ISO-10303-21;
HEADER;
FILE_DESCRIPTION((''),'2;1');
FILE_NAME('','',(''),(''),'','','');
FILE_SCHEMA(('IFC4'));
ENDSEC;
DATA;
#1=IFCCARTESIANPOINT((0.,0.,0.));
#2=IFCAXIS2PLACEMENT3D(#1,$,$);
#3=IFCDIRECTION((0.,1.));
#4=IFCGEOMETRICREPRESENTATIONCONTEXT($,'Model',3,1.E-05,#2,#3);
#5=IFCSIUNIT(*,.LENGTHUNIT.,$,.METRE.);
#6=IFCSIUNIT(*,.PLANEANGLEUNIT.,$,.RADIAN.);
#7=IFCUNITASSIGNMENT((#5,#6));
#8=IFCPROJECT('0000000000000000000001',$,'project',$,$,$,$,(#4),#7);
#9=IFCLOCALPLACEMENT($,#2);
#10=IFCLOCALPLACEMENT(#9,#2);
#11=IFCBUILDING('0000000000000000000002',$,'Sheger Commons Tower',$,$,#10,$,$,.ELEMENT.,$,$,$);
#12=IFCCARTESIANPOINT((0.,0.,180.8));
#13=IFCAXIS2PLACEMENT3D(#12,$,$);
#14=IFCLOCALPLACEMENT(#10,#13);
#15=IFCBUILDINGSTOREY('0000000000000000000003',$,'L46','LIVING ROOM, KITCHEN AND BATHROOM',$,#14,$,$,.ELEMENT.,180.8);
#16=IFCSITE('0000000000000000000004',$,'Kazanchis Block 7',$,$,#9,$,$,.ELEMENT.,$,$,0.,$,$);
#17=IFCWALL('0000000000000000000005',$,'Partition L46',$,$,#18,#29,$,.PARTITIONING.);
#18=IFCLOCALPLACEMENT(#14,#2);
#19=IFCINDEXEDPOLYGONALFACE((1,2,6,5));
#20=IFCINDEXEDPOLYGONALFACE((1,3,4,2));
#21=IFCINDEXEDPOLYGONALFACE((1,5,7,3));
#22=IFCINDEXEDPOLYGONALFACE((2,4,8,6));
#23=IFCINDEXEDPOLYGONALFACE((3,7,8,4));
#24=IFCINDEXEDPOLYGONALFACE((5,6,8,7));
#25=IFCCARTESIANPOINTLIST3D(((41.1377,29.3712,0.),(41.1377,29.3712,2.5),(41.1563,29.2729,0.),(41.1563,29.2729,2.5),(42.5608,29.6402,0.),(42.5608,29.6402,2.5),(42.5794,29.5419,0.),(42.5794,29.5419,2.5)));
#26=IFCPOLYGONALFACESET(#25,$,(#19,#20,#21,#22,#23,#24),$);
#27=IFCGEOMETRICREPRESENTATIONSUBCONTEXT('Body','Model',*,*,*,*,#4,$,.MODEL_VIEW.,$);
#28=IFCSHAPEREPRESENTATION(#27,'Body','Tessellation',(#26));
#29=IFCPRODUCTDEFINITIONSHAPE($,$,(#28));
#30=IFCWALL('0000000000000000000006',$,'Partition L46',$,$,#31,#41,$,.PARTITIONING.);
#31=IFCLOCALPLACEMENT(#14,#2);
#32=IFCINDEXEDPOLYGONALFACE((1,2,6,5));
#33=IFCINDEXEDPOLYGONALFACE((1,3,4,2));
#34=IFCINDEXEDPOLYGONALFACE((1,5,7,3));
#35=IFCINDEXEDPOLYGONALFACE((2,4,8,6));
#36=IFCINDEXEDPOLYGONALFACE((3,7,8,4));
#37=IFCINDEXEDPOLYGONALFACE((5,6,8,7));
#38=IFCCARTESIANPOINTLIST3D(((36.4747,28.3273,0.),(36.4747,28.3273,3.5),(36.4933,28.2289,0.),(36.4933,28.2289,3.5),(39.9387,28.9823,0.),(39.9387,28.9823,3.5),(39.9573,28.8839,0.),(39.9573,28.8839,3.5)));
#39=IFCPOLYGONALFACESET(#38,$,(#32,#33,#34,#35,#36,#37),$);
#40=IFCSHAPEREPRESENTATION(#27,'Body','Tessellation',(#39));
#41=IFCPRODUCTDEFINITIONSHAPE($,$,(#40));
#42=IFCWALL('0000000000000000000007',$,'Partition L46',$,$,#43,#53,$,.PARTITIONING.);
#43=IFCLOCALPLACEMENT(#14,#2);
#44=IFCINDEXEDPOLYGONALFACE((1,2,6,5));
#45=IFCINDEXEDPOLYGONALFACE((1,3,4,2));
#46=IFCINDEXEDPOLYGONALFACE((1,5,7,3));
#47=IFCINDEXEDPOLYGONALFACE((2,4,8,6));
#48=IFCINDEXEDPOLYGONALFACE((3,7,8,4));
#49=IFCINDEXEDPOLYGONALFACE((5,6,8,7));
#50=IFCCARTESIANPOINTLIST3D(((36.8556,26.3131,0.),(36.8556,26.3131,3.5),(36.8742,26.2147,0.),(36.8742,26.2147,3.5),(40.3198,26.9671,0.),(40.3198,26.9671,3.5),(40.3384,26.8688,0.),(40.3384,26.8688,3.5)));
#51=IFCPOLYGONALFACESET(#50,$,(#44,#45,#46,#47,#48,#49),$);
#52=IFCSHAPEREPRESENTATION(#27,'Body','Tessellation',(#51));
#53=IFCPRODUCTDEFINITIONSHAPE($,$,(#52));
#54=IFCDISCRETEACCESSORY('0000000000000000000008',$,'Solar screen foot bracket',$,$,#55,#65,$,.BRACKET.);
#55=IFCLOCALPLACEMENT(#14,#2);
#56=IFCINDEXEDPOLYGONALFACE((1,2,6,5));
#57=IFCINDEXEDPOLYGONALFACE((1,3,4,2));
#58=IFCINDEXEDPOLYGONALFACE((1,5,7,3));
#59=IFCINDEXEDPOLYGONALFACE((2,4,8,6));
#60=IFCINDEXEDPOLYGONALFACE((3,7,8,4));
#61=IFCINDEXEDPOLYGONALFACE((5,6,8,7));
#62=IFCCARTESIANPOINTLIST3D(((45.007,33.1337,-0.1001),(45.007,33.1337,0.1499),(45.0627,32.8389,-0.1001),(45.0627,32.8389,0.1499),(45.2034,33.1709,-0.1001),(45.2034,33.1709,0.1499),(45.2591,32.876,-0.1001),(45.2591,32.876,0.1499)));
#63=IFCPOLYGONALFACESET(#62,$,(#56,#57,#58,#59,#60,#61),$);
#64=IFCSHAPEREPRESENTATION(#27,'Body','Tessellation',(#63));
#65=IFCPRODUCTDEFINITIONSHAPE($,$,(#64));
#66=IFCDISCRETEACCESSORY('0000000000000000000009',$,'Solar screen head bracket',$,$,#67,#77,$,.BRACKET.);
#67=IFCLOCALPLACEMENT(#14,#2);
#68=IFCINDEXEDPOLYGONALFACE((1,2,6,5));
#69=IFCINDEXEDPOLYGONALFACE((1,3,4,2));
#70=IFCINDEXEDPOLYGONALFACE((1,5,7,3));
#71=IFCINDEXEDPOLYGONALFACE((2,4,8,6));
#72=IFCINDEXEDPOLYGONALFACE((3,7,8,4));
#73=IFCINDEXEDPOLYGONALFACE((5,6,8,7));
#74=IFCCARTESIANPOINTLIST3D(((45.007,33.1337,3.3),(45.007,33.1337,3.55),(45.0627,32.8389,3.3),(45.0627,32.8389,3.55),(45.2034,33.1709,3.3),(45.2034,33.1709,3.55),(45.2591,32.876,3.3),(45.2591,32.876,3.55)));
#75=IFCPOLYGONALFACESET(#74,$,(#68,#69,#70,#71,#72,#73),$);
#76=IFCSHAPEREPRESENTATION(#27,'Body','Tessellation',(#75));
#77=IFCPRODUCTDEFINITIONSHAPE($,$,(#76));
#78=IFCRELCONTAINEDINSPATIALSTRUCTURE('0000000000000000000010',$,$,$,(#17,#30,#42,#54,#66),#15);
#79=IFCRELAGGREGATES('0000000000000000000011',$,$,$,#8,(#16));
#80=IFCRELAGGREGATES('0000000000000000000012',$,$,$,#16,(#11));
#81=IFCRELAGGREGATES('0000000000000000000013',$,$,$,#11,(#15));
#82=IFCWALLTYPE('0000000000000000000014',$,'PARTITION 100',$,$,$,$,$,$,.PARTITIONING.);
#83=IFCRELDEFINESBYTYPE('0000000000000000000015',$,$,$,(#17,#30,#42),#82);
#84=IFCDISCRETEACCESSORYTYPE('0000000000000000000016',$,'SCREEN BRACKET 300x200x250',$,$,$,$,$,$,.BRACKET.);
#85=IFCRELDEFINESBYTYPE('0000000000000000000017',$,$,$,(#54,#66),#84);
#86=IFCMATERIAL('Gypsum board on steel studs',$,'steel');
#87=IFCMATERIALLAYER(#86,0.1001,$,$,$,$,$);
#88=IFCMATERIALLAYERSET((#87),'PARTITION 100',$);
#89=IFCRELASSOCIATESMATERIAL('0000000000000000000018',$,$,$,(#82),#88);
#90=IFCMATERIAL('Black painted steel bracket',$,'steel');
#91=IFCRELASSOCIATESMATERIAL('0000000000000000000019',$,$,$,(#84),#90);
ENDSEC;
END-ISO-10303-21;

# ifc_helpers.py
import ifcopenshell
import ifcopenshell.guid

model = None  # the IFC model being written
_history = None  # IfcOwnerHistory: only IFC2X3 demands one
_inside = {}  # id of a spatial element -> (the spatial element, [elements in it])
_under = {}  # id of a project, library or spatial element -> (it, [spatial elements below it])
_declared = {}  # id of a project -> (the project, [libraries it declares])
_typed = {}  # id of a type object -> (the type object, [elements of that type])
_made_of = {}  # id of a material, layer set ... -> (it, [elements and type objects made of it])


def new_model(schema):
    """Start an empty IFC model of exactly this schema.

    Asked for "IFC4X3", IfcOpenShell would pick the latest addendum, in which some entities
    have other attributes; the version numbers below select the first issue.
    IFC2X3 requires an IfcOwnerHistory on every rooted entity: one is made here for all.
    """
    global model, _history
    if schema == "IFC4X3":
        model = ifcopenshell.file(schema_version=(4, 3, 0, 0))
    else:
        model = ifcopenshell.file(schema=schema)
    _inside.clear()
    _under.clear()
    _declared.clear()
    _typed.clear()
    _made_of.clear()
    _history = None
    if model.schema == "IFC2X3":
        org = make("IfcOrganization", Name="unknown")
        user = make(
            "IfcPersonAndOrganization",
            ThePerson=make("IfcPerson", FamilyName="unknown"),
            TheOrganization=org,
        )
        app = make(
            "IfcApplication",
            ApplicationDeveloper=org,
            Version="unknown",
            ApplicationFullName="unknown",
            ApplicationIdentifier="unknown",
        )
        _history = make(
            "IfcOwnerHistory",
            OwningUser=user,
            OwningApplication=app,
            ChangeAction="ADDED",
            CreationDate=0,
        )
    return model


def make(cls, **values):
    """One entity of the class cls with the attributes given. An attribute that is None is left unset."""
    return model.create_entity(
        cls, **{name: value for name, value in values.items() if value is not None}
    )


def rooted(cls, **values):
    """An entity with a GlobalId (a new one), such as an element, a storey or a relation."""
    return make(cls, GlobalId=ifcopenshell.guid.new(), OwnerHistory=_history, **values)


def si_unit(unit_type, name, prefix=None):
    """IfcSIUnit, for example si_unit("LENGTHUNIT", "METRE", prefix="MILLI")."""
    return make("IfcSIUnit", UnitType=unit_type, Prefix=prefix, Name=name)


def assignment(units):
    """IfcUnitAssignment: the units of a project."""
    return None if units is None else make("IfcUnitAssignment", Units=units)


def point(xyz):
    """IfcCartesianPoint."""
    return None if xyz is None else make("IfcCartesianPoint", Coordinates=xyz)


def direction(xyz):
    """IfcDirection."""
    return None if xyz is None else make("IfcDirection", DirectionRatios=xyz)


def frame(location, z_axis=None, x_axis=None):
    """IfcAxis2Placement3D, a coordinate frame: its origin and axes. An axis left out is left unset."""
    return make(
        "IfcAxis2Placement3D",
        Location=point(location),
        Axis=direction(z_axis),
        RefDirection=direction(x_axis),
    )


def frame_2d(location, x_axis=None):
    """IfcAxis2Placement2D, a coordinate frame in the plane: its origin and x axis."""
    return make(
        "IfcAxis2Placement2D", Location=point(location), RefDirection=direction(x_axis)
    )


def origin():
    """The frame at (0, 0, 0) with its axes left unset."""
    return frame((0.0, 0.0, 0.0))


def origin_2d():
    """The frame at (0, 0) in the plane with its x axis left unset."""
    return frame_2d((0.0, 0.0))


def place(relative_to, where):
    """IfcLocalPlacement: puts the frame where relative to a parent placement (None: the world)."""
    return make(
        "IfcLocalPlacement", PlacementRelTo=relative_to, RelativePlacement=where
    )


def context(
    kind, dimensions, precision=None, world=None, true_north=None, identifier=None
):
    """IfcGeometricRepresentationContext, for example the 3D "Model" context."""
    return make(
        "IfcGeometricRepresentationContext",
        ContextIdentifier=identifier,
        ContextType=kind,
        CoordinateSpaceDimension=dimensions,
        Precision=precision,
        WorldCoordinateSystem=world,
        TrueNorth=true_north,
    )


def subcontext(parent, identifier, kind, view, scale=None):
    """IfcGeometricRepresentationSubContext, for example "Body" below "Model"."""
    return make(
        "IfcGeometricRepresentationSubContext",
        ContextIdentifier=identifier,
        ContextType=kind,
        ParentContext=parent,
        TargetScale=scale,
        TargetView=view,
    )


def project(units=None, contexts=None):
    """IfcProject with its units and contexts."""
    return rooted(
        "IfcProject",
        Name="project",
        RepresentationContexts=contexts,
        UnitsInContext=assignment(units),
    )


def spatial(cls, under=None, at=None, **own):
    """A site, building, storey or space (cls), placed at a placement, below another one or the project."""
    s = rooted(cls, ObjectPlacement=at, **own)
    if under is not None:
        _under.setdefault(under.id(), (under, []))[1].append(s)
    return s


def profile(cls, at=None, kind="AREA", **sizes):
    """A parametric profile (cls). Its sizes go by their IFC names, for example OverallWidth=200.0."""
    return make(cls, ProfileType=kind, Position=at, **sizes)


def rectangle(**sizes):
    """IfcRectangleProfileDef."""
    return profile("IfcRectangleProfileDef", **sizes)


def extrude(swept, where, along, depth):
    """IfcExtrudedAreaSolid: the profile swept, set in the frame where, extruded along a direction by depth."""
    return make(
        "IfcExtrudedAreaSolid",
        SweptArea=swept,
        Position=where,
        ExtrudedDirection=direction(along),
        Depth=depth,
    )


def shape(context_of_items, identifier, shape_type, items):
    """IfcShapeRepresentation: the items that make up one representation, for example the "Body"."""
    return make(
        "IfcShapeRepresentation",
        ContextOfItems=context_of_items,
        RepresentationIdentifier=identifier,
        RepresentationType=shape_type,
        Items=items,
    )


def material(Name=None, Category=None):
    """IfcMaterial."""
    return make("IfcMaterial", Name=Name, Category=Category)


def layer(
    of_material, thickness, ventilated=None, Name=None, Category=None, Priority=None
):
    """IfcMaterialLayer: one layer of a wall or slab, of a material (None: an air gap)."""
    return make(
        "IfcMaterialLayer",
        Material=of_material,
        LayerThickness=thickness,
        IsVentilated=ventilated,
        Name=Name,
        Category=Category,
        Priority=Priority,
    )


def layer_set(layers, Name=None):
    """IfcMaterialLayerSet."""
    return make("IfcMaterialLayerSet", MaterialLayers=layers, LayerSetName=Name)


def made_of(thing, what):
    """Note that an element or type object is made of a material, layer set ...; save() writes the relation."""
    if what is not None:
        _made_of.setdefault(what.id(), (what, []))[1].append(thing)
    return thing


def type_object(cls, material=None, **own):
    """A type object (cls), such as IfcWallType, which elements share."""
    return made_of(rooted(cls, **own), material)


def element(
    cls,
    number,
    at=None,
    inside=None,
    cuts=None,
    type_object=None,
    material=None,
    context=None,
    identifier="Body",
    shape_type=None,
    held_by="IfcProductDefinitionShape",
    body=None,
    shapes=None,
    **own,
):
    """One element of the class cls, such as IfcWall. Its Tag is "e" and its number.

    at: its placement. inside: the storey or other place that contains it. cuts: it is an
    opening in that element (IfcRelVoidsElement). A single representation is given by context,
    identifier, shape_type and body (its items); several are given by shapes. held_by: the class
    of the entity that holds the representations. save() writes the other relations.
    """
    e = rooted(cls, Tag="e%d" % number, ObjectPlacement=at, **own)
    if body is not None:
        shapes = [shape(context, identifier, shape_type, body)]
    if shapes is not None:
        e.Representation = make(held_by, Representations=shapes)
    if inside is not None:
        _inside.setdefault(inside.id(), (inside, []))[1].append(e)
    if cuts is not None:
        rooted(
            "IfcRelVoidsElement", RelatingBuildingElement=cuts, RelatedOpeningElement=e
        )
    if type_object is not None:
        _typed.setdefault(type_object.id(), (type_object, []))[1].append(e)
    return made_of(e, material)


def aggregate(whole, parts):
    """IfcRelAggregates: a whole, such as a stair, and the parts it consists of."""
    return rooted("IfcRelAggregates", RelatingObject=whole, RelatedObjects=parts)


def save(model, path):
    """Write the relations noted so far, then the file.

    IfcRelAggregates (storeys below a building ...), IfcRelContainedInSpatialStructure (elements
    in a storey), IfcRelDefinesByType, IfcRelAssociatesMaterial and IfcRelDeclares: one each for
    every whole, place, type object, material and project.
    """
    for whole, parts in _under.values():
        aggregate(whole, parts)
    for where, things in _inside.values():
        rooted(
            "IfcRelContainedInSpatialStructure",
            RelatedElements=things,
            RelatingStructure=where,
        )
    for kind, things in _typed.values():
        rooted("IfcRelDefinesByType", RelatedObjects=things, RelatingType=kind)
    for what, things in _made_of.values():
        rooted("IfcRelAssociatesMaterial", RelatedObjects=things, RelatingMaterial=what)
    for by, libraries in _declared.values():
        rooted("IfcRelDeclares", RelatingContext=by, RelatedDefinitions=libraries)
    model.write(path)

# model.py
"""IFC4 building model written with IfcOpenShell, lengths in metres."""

from ifc_helpers import new_model, si_unit, direction, frame, frame_2d, origin, origin_2d, place, context, subcontext, project, spatial, rectangle, extrude, material, layer, layer_set, type_object, element, save


model = new_model("IFC4")

# Units and contexts
model_context = context("Model", 3, precision=1e-05, world=origin(), true_north=direction((0.0, 1.0)))
body_context = subcontext(model_context, "Body", "Model", "MODEL_VIEW")
ifc_project = project(units=[si_unit("LENGTHUNIT", "METRE"), si_unit("PLANEANGLEUNIT", "RADIAN")], contexts=[model_context])

# Site, building, storey
site_placement = place(None, origin())
site = spatial("IfcSite", under=ifc_project, at=site_placement, Name="Kazanchis Block 7", CompositionType="ELEMENT", RefElevation=0.0)
building_placement = place(site_placement, origin())
building = spatial("IfcBuilding", under=site, at=building_placement, Name="Sheger Commons Tower", CompositionType="ELEMENT")
storey_placement = place(building_placement, frame((0.0, 0.0, 180.8)))
storey = spatial("IfcBuildingStorey", under=building, at=storey_placement, Name="L46", Description="LIVING ROOM, KITCHEN AND BATHROOM", CompositionType="ELEMENT", Elevation=180.8)

# Shared definitions
ifc_material_1 = material(Name="Gypsum board on steel studs", Category="steel")
ifc_layer_1 = layer(ifc_material_1, 0.1001)
ifc_layer_set_1 = layer_set([ifc_layer_1], Name="PARTITION 100")
wall_type_1 = type_object("IfcWallType", Name="PARTITION 100", PredefinedType="PARTITIONING", material=ifc_layer_set_1)

# Walls
wall_1_placement = place(storey_placement, frame((42.5701, 29.5911, 0.0), z_axis=(0.0, 0.0, 1.0), x_axis=(-0.982594, -0.185764, 0.0)))
element("IfcWall", 1, at=wall_1_placement, inside=storey, type_object=wall_type_1, Name="Partition L46", PredefinedType="PARTITIONING", context=body_context, shape_type="SweptSolid", body=[
    extrude(rectangle(XDim=1.4482, YDim=0.1001, at=frame_2d((0.7241, 0.0))), origin(), (0.0, 0.0, 1.0), 2.5),
])
for number, where, z_axis, x_axis, name in (
    (2, (39.948, 28.9331, 0.0), (0.0, 0.0, 1.0), (-0.982588, -0.185798, 0.0), "Partition L46"),
    (3, (40.3291, 26.918, 0.0), (0.0, 0.0, 1.0), (-0.982639, -0.18553, 0.0), "Partition L46"),
):
    element("IfcWall", number, at=place(storey_placement, frame(where, z_axis=z_axis, x_axis=x_axis)), inside=storey, type_object=wall_type_1, Name=name, PredefinedType="PARTITIONING", context=body_context, shape_type="SweptSolid", body=[
        extrude(rectangle(XDim=3.5254, YDim=0.1001, at=frame_2d((1.7627, 0.0))), origin(), (0.0, 0.0, 1.0), 3.5),
    ])

# Discrete accessories
ifc_material_2 = material(Name="Black painted steel bracket", Category="steel")
discrete_accessory_type = type_object("IfcDiscreteAccessoryType", Name="SCREEN BRACKET 300x200x250", PredefinedType="BRACKET", material=ifc_material_2)
for number, where, z_axis, x_axis, name in (
    (4, (45.1331, 33.0049, -0.1001), (0.0, 0.0, 1.0), (-0.185615, 0.982623, 0.0), "Solar screen foot bracket"),
    (5, (45.1331, 33.0049, 3.3), (0.0, 0.0, 1.0), (-0.185615, 0.982623, 0.0), "Solar screen head bracket"),
):
    element("IfcDiscreteAccessory", number, at=place(storey_placement, frame(where, z_axis=z_axis, x_axis=x_axis)), inside=storey, type_object=discrete_accessory_type, Name=name, PredefinedType="BRACKET", context=body_context, shape_type="SweptSolid", body=[
        extrude(rectangle(XDim=0.3, YDim=0.2, at=origin_2d()), origin(), (0.0, 0.0, 1.0), 0.25),
    ])

save(model, "model.ifc")
